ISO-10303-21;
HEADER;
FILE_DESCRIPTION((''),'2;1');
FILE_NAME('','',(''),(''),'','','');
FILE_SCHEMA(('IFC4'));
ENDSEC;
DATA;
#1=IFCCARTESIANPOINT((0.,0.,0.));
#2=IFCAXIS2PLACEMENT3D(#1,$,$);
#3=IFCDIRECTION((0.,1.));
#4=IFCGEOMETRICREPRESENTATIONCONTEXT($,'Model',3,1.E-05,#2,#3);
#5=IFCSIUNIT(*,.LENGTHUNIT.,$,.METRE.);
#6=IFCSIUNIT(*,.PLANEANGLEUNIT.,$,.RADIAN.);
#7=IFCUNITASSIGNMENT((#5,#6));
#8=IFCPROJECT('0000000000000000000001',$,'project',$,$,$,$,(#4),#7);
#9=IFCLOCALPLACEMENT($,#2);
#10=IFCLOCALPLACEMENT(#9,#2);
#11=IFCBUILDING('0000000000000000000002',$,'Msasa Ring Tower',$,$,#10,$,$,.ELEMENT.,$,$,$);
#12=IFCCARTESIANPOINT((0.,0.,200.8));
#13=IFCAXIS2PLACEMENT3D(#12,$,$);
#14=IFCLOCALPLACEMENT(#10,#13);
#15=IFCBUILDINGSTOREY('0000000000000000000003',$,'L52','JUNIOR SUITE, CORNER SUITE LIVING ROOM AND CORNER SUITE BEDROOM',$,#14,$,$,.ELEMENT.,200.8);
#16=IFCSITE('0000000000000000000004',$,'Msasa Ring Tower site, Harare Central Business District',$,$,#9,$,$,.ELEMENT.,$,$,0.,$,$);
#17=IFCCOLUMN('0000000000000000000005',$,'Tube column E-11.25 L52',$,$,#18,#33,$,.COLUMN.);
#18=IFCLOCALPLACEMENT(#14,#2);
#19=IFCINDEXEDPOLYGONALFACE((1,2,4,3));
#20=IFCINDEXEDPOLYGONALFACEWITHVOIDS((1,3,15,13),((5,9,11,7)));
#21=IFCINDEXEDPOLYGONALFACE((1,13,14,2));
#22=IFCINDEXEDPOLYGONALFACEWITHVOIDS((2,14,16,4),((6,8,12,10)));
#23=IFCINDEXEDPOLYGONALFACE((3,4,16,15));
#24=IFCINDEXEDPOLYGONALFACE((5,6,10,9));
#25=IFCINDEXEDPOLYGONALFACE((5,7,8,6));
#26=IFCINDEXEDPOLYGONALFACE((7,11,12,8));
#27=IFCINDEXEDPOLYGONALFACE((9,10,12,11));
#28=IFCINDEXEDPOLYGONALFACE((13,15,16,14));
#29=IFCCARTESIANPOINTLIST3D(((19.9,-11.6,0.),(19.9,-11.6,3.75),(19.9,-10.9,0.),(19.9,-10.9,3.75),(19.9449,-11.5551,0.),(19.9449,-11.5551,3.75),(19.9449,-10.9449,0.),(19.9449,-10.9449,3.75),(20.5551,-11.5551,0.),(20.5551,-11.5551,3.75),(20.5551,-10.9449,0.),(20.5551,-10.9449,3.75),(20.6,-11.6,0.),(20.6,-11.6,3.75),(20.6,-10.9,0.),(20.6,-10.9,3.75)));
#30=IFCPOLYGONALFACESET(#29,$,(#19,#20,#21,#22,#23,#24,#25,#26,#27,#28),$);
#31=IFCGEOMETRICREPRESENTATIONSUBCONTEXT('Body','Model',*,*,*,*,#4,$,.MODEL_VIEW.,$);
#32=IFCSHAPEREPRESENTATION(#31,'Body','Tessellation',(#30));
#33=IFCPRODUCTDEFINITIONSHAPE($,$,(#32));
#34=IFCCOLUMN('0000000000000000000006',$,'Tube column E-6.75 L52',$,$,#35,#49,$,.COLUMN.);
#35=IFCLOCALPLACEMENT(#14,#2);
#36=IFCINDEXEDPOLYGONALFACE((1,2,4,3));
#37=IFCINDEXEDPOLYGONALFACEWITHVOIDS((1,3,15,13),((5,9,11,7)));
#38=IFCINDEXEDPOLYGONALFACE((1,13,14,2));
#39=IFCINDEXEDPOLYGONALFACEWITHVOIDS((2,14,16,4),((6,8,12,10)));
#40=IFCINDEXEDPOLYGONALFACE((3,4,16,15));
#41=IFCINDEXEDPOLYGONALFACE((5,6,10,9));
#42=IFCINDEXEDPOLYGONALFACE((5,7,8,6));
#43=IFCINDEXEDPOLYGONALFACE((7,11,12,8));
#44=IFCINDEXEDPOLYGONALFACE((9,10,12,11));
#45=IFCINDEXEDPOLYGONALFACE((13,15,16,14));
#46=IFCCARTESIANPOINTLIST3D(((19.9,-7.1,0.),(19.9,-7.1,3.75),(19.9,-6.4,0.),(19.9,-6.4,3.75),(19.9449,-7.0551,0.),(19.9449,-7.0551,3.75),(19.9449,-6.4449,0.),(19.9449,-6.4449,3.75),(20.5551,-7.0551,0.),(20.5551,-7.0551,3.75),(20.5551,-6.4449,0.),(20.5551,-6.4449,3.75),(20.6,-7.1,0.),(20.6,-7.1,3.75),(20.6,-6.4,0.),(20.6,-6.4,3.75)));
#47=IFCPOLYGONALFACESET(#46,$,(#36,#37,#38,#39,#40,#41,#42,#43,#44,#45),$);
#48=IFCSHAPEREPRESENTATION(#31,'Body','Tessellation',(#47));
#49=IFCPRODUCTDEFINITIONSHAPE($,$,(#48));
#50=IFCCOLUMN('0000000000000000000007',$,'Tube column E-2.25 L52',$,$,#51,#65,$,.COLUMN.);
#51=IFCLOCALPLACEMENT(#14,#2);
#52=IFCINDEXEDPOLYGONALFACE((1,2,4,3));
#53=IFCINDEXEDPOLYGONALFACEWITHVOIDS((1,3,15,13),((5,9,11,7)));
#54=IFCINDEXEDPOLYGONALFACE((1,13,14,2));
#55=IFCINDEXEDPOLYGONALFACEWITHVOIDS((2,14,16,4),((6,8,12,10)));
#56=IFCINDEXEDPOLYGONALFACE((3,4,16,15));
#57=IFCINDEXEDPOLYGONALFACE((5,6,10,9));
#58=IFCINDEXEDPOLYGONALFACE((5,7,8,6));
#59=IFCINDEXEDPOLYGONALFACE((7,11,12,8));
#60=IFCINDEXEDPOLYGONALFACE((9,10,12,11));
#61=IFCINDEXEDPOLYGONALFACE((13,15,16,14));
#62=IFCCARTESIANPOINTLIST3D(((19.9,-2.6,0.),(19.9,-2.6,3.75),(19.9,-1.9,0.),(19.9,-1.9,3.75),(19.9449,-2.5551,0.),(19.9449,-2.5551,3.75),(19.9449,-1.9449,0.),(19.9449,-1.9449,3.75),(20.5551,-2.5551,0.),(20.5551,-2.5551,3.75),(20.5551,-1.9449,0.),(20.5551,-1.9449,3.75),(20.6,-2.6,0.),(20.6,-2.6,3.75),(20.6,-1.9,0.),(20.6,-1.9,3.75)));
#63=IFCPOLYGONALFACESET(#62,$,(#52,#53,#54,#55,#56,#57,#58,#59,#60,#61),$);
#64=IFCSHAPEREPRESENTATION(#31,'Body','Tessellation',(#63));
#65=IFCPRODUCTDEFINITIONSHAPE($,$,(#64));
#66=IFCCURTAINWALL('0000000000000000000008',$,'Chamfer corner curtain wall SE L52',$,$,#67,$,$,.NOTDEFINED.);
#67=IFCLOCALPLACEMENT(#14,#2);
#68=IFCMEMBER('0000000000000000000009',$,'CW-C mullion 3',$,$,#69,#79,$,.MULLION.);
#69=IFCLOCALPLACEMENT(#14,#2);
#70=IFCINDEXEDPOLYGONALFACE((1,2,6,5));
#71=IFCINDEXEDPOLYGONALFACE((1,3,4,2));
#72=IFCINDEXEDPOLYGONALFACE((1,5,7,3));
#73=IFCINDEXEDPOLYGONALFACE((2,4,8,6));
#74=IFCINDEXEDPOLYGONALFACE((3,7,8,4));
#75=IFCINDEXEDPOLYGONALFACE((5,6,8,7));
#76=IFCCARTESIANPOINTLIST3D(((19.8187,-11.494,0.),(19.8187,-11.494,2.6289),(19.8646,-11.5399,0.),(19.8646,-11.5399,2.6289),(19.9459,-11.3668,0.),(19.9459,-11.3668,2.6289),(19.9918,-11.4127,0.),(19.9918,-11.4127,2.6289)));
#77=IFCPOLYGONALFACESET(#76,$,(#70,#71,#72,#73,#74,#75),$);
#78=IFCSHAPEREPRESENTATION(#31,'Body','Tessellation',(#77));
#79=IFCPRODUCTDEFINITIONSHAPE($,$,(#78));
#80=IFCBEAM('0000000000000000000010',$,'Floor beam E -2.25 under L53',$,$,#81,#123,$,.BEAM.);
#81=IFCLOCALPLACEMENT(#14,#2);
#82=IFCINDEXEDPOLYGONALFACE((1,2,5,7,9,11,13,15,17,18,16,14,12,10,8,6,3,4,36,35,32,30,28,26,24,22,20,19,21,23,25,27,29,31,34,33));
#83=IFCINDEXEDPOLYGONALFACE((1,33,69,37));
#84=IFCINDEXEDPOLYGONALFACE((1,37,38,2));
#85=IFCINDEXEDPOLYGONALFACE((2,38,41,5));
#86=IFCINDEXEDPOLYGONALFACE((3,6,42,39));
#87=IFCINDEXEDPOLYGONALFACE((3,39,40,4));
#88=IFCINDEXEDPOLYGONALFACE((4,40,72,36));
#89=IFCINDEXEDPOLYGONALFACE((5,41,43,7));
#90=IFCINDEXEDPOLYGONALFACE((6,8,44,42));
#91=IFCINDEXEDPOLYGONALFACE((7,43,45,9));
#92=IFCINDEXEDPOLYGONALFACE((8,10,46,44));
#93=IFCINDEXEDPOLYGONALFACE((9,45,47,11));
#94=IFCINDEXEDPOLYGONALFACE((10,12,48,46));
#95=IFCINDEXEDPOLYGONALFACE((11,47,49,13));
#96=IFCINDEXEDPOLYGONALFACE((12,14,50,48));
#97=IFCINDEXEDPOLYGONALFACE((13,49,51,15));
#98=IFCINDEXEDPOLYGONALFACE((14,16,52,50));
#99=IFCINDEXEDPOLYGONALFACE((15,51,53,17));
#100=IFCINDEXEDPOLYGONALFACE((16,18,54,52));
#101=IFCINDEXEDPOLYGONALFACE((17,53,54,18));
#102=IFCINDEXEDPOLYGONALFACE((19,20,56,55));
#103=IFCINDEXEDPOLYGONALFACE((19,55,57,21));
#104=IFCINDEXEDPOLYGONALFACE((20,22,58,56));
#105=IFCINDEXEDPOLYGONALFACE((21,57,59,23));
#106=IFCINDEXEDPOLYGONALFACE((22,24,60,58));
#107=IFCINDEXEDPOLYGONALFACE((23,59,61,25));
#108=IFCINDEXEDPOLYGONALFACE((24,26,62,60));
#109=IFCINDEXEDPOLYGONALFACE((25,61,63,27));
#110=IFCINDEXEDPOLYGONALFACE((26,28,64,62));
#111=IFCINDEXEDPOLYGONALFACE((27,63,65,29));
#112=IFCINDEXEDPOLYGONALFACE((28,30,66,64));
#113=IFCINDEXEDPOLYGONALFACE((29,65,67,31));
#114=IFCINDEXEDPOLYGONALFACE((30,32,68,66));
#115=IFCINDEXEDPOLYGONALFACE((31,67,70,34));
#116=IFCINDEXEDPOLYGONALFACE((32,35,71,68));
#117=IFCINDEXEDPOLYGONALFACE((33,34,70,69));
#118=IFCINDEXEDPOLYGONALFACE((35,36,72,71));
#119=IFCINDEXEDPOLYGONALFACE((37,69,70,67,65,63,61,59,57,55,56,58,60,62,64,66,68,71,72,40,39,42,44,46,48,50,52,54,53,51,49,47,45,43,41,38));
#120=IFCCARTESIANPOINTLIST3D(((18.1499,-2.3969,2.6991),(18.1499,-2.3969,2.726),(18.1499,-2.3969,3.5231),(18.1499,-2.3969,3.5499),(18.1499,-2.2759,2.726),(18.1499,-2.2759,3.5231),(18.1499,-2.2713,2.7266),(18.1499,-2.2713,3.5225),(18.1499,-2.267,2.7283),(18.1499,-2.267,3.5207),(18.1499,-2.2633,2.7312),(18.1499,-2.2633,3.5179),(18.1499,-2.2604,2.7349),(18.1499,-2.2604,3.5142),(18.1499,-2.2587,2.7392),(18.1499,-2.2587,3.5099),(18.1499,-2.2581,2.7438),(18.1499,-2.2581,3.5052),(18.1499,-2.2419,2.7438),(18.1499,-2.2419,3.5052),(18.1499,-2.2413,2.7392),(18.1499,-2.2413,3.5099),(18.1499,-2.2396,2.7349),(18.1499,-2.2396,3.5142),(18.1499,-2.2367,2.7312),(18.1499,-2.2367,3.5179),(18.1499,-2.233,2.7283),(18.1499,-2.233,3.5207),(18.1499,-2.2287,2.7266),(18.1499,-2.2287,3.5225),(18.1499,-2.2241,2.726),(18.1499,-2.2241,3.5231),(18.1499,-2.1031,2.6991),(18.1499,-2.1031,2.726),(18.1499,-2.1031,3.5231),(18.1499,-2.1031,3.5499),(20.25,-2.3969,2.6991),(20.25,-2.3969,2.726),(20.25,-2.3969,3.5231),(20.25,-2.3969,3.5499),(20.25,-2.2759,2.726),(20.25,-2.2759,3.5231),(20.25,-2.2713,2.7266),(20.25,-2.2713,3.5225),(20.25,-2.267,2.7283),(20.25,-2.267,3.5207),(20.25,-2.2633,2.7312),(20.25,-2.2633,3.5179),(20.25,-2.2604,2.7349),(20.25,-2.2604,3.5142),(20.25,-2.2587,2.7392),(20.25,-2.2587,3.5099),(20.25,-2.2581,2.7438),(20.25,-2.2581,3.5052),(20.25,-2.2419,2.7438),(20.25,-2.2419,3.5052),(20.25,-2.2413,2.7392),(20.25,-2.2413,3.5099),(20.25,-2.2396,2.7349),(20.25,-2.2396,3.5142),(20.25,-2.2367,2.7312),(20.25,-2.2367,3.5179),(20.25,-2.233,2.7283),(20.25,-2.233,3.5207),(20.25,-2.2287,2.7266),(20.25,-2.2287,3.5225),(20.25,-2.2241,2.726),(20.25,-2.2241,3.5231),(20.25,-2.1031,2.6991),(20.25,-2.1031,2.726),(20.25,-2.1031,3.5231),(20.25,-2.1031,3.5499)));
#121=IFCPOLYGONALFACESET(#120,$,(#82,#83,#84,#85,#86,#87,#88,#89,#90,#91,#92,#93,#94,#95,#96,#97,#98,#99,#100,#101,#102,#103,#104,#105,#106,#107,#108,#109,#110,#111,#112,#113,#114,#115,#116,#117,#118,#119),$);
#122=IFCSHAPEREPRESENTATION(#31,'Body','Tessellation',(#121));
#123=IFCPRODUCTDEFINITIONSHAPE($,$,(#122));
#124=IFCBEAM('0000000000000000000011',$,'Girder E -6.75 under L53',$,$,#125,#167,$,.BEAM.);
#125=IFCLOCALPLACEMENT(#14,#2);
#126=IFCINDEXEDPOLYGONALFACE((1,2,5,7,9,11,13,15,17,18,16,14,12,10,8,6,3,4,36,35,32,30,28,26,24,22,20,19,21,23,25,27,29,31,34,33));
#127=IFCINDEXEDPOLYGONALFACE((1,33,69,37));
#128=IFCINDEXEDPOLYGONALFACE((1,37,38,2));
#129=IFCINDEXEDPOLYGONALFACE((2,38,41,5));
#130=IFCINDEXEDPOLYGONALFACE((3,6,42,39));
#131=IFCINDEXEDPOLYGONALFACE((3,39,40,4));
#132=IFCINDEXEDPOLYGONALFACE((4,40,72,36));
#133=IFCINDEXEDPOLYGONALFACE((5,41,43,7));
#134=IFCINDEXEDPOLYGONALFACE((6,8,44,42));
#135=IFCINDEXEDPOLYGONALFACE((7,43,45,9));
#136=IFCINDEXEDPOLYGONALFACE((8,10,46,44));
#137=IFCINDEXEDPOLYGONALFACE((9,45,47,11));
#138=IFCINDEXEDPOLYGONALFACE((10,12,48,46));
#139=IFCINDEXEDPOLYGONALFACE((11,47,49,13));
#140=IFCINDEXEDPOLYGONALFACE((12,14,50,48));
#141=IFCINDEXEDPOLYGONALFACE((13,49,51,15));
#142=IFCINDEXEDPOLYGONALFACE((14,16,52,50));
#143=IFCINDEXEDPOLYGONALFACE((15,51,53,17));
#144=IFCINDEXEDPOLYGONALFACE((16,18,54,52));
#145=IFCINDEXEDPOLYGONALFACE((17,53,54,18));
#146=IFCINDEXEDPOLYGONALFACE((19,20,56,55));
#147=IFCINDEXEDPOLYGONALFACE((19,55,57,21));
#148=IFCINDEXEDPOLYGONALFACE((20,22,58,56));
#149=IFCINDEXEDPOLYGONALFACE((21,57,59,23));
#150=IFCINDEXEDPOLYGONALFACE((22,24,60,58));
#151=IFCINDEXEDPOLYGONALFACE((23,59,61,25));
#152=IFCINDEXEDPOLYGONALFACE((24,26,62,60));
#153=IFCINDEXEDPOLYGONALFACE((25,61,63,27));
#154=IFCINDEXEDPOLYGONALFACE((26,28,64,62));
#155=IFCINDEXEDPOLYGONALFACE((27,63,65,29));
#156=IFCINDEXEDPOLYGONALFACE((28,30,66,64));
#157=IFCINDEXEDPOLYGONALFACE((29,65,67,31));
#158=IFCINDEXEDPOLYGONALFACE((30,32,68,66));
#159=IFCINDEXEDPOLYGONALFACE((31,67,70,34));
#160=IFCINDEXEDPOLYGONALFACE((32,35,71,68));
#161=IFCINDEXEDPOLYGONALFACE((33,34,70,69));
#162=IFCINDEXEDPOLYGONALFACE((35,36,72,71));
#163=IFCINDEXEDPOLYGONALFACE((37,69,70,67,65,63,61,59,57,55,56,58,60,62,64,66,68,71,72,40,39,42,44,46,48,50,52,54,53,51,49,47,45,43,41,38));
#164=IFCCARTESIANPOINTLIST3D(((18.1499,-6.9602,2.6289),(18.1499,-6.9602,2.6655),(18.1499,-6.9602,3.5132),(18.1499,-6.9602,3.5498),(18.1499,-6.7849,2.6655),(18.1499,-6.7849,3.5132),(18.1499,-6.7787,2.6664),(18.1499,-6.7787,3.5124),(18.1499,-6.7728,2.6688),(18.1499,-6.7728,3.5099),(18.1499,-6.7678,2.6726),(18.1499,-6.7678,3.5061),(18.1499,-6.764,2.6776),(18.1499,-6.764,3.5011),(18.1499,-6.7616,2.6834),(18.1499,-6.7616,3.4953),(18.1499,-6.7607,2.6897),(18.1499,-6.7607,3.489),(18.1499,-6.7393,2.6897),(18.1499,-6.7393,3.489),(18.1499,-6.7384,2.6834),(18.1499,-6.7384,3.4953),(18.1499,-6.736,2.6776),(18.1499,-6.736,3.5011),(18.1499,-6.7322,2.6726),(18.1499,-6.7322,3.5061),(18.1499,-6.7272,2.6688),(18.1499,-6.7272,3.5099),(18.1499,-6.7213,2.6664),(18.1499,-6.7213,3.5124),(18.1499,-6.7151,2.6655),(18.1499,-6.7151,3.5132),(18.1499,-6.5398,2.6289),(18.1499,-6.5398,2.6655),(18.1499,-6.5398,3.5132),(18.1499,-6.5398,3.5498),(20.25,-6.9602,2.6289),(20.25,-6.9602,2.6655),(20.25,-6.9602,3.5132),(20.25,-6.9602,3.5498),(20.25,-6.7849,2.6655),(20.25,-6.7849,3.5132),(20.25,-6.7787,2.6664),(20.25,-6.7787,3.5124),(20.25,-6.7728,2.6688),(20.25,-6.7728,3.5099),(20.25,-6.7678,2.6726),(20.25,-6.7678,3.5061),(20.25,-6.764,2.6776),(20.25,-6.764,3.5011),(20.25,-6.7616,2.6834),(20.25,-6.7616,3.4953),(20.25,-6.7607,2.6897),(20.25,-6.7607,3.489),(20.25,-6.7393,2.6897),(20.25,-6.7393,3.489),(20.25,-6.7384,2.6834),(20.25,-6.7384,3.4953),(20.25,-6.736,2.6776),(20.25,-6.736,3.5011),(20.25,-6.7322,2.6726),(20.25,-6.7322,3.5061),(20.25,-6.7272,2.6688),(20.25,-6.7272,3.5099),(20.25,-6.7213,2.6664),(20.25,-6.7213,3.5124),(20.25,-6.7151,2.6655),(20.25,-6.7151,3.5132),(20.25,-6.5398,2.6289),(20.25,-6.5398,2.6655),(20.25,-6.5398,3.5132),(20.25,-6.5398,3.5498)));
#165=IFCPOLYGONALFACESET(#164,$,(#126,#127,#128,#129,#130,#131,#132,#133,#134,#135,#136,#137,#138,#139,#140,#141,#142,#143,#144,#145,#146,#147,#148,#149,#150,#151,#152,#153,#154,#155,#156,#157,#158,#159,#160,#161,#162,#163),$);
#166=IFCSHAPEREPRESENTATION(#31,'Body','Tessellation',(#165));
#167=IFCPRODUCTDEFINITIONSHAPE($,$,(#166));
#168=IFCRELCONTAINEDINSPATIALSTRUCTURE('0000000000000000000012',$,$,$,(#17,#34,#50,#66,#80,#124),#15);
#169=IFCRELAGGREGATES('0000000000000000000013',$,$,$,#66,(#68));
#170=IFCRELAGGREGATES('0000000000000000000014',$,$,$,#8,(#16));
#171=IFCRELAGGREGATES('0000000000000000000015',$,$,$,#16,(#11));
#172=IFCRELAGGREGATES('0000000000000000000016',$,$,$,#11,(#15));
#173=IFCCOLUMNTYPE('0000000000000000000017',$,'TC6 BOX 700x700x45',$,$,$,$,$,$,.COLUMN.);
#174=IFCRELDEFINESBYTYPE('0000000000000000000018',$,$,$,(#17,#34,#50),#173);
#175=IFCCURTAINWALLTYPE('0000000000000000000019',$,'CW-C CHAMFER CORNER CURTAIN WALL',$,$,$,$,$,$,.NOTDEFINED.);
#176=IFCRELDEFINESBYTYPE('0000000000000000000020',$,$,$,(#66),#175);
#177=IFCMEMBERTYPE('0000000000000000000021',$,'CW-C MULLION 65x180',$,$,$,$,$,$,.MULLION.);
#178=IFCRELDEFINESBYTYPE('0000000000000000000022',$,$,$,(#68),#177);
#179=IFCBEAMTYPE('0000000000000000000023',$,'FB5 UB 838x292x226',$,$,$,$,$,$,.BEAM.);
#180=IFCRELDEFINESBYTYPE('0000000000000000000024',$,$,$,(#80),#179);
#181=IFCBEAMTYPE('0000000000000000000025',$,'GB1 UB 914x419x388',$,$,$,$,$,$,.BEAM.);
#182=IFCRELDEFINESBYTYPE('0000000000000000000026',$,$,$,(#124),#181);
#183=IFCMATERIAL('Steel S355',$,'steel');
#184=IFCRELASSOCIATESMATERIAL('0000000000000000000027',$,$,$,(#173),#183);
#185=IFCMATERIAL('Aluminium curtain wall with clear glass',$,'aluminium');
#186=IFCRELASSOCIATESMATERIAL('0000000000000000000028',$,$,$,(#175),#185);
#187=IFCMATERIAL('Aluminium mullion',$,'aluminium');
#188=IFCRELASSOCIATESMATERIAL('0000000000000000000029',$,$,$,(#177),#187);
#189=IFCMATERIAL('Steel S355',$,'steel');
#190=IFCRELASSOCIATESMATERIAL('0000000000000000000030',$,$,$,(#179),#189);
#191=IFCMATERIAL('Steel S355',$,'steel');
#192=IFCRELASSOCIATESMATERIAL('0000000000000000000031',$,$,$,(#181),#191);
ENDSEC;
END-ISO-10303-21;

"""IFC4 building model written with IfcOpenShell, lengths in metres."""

from ifc_helpers import new_model, si_unit, direction, frame, origin, origin_2d, place, context, subcontext, project, spatial, rectangle, hollow_rectangle, i_section, extrude, material, material_profile, profile_set, type_object, element, aggregate, save


model = new_model("IFC4")

# Units and contexts
model_context = context("Model", 3, precision=1e-05, world=origin(), true_north=direction((0.0, 1.0)))
body_context = subcontext(model_context, "Body", "Model", "MODEL_VIEW")
ifc_project = project(units=[si_unit("LENGTHUNIT", "METRE"), si_unit("PLANEANGLEUNIT", "RADIAN")], contexts=[model_context])

# Site, building, storey
site_placement = place(None, origin())
site = spatial("IfcSite", under=ifc_project, at=site_placement, Name="Msasa Ring Tower site, Harare Central Business District", CompositionType="ELEMENT", RefElevation=0.0)
building_placement = place(site_placement, origin())
building = spatial("IfcBuilding", under=site, at=building_placement, Name="Msasa Ring Tower", CompositionType="ELEMENT")
storey_placement = place(building_placement, frame((0.0, 0.0, 200.8)))
storey = spatial("IfcBuildingStorey", under=building, at=storey_placement, Name="L52", Description="JUNIOR SUITE, CORNER SUITE LIVING ROOM AND CORNER SUITE BEDROOM", CompositionType="ELEMENT", Elevation=200.8)

# Columns
ifc_material_1 = material(Name="Steel S355", Category="steel")
ifc_material_profile_1 = material_profile(ifc_material_1, hollow_rectangle(XDim=0.7, YDim=0.7, WallThickness=0.0449, at=origin_2d()), Name="BOX 700x700x45")
ifc_profile_set_1 = profile_set([ifc_material_profile_1], Name="Steel S355")
column_type = type_object("IfcColumnType", Name="TC6 BOX 700x700x45", PredefinedType="COLUMN", material=ifc_profile_set_1)
for number, where, z_axis, x_axis, name in (
    (1, (20.25, -11.25, 0.0), (0.0, 0.0, 1.0), (1.0, 0.0, 0.0), "Tube column E-11.25 L52"),
    (2, (20.25, -6.75, 0.0), (0.0, 0.0, 1.0), (1.0, 0.0, 0.0), "Tube column E-6.75 L52"),
    (3, (20.25, -2.25, 0.0), (0.0, 0.0, 1.0), (1.0, 0.0, 0.0), "Tube column E-2.25 L52"),
):
    element("IfcColumn", number, at=place(storey_placement, frame(where, z_axis=z_axis, x_axis=x_axis)), inside=storey, type_object=column_type, Name=name, PredefinedType="COLUMN", context=body_context, shape_type="SweptSolid", body=[
        extrude(hollow_rectangle(XDim=0.7, YDim=0.7, WallThickness=0.0449, at=origin_2d()), origin(), (0.0, 0.0, 1.0), 3.75),
    ])

# Curtain wall, member
ifc_material_2 = material(Name="Aluminium curtain wall with clear glass", Category="aluminium")
curtain_wall_type = type_object("IfcCurtainWallType", Name="CW-C CHAMFER CORNER CURTAIN WALL", PredefinedType="NOTDEFINED", material=ifc_material_2)
curtain_wall_placement = place(storey_placement, origin())
curtain_wall = element("IfcCurtainWall", 4, at=curtain_wall_placement, inside=storey, type_object=curtain_wall_type, Name="Chamfer corner curtain wall SE L52", PredefinedType="NOTDEFINED")
ifc_material_3 = material(Name="Aluminium mullion", Category="aluminium")
ifc_material_profile_2 = material_profile(ifc_material_3, rectangle(XDim=0.0649, YDim=0.1799, at=origin_2d()), Name="AL 65x180")
ifc_profile_set_2 = profile_set([ifc_material_profile_2], Name="Aluminium mullion")
member_type = type_object("IfcMemberType", Name="CW-C MULLION 65x180", PredefinedType="MULLION", material=ifc_profile_set_2)
member_placement = place(storey_placement, frame((19.9053, -11.4534, 0.0), z_axis=(0.0, 0.0, 1.0), x_axis=(-0.707107, 0.707107, 0.0)))
member = element("IfcMember", 5, at=member_placement, type_object=member_type, Name="CW-C mullion 3", PredefinedType="MULLION", context=body_context, shape_type="SweptSolid", body=[
    extrude(rectangle(XDim=0.0649, YDim=0.1799, at=origin_2d()), origin(), (0.0, 0.0, 1.0), 2.6289),
])
aggregate(curtain_wall, [member])

# Beams
ifc_material_4 = material(Name="Steel S355", Category="steel")
ifc_material_profile_3 = material_profile(ifc_material_4, i_section(OverallWidth=0.2937, OverallDepth=0.8508, WebThickness=0.0161, FlangeThickness=0.0269, FilletRadius=0.0178, at=origin_2d()), Name="UB 838x292x226")
ifc_profile_set_3 = profile_set([ifc_material_profile_3], Name="Steel S355")
beam_type_1 = type_object("IfcBeamType", Name="FB5 UB 838x292x226", PredefinedType="BEAM", material=ifc_profile_set_3)
beam_1_placement = place(storey_placement, frame((20.25, -2.25, 3.1245), z_axis=(-1.0, 0.0, 0.0), x_axis=(0.0, -1.0, 0.0)))
element("IfcBeam", 6, at=beam_1_placement, inside=storey, type_object=beam_type_1, Name="Floor beam E -2.25 under L53", PredefinedType="BEAM", context=body_context, shape_type="SweptSolid", body=[
    extrude(i_section(OverallWidth=0.2937, OverallDepth=0.8508, WebThickness=0.0161, FlangeThickness=0.0269, FilletRadius=0.0178, at=origin_2d()), origin(), (0.0, 0.0, 1.0), 2.1001),
])
ifc_material_5 = material(Name="Steel S355", Category="steel")
ifc_material_profile_4 = material_profile(ifc_material_5, i_section(OverallWidth=0.4204, OverallDepth=0.9209, WebThickness=0.0215, FlangeThickness=0.0366, FilletRadius=0.0242, at=origin_2d()), Name="UB 914x419x388")
ifc_profile_set_4 = profile_set([ifc_material_profile_4], Name="Steel S355")
beam_type_2 = type_object("IfcBeamType", Name="GB1 UB 914x419x388", PredefinedType="BEAM", material=ifc_profile_set_4)
beam_2_placement = place(storey_placement, frame((18.1499, -6.75, 3.0894), z_axis=(1.0, 0.0, 0.0), x_axis=(0.0, 1.0, 0.0)))
element("IfcBeam", 7, at=beam_2_placement, inside=storey, type_object=beam_type_2, Name="Girder E -6.75 under L53", PredefinedType="BEAM", context=body_context, shape_type="SweptSolid", body=[
    extrude(i_section(OverallWidth=0.4204, OverallDepth=0.9209, WebThickness=0.0215, FlangeThickness=0.0366, FilletRadius=0.0242, at=origin_2d()), origin(), (0.0, 0.0, 1.0), 2.1001),
])

save(model, "model.ifc")
